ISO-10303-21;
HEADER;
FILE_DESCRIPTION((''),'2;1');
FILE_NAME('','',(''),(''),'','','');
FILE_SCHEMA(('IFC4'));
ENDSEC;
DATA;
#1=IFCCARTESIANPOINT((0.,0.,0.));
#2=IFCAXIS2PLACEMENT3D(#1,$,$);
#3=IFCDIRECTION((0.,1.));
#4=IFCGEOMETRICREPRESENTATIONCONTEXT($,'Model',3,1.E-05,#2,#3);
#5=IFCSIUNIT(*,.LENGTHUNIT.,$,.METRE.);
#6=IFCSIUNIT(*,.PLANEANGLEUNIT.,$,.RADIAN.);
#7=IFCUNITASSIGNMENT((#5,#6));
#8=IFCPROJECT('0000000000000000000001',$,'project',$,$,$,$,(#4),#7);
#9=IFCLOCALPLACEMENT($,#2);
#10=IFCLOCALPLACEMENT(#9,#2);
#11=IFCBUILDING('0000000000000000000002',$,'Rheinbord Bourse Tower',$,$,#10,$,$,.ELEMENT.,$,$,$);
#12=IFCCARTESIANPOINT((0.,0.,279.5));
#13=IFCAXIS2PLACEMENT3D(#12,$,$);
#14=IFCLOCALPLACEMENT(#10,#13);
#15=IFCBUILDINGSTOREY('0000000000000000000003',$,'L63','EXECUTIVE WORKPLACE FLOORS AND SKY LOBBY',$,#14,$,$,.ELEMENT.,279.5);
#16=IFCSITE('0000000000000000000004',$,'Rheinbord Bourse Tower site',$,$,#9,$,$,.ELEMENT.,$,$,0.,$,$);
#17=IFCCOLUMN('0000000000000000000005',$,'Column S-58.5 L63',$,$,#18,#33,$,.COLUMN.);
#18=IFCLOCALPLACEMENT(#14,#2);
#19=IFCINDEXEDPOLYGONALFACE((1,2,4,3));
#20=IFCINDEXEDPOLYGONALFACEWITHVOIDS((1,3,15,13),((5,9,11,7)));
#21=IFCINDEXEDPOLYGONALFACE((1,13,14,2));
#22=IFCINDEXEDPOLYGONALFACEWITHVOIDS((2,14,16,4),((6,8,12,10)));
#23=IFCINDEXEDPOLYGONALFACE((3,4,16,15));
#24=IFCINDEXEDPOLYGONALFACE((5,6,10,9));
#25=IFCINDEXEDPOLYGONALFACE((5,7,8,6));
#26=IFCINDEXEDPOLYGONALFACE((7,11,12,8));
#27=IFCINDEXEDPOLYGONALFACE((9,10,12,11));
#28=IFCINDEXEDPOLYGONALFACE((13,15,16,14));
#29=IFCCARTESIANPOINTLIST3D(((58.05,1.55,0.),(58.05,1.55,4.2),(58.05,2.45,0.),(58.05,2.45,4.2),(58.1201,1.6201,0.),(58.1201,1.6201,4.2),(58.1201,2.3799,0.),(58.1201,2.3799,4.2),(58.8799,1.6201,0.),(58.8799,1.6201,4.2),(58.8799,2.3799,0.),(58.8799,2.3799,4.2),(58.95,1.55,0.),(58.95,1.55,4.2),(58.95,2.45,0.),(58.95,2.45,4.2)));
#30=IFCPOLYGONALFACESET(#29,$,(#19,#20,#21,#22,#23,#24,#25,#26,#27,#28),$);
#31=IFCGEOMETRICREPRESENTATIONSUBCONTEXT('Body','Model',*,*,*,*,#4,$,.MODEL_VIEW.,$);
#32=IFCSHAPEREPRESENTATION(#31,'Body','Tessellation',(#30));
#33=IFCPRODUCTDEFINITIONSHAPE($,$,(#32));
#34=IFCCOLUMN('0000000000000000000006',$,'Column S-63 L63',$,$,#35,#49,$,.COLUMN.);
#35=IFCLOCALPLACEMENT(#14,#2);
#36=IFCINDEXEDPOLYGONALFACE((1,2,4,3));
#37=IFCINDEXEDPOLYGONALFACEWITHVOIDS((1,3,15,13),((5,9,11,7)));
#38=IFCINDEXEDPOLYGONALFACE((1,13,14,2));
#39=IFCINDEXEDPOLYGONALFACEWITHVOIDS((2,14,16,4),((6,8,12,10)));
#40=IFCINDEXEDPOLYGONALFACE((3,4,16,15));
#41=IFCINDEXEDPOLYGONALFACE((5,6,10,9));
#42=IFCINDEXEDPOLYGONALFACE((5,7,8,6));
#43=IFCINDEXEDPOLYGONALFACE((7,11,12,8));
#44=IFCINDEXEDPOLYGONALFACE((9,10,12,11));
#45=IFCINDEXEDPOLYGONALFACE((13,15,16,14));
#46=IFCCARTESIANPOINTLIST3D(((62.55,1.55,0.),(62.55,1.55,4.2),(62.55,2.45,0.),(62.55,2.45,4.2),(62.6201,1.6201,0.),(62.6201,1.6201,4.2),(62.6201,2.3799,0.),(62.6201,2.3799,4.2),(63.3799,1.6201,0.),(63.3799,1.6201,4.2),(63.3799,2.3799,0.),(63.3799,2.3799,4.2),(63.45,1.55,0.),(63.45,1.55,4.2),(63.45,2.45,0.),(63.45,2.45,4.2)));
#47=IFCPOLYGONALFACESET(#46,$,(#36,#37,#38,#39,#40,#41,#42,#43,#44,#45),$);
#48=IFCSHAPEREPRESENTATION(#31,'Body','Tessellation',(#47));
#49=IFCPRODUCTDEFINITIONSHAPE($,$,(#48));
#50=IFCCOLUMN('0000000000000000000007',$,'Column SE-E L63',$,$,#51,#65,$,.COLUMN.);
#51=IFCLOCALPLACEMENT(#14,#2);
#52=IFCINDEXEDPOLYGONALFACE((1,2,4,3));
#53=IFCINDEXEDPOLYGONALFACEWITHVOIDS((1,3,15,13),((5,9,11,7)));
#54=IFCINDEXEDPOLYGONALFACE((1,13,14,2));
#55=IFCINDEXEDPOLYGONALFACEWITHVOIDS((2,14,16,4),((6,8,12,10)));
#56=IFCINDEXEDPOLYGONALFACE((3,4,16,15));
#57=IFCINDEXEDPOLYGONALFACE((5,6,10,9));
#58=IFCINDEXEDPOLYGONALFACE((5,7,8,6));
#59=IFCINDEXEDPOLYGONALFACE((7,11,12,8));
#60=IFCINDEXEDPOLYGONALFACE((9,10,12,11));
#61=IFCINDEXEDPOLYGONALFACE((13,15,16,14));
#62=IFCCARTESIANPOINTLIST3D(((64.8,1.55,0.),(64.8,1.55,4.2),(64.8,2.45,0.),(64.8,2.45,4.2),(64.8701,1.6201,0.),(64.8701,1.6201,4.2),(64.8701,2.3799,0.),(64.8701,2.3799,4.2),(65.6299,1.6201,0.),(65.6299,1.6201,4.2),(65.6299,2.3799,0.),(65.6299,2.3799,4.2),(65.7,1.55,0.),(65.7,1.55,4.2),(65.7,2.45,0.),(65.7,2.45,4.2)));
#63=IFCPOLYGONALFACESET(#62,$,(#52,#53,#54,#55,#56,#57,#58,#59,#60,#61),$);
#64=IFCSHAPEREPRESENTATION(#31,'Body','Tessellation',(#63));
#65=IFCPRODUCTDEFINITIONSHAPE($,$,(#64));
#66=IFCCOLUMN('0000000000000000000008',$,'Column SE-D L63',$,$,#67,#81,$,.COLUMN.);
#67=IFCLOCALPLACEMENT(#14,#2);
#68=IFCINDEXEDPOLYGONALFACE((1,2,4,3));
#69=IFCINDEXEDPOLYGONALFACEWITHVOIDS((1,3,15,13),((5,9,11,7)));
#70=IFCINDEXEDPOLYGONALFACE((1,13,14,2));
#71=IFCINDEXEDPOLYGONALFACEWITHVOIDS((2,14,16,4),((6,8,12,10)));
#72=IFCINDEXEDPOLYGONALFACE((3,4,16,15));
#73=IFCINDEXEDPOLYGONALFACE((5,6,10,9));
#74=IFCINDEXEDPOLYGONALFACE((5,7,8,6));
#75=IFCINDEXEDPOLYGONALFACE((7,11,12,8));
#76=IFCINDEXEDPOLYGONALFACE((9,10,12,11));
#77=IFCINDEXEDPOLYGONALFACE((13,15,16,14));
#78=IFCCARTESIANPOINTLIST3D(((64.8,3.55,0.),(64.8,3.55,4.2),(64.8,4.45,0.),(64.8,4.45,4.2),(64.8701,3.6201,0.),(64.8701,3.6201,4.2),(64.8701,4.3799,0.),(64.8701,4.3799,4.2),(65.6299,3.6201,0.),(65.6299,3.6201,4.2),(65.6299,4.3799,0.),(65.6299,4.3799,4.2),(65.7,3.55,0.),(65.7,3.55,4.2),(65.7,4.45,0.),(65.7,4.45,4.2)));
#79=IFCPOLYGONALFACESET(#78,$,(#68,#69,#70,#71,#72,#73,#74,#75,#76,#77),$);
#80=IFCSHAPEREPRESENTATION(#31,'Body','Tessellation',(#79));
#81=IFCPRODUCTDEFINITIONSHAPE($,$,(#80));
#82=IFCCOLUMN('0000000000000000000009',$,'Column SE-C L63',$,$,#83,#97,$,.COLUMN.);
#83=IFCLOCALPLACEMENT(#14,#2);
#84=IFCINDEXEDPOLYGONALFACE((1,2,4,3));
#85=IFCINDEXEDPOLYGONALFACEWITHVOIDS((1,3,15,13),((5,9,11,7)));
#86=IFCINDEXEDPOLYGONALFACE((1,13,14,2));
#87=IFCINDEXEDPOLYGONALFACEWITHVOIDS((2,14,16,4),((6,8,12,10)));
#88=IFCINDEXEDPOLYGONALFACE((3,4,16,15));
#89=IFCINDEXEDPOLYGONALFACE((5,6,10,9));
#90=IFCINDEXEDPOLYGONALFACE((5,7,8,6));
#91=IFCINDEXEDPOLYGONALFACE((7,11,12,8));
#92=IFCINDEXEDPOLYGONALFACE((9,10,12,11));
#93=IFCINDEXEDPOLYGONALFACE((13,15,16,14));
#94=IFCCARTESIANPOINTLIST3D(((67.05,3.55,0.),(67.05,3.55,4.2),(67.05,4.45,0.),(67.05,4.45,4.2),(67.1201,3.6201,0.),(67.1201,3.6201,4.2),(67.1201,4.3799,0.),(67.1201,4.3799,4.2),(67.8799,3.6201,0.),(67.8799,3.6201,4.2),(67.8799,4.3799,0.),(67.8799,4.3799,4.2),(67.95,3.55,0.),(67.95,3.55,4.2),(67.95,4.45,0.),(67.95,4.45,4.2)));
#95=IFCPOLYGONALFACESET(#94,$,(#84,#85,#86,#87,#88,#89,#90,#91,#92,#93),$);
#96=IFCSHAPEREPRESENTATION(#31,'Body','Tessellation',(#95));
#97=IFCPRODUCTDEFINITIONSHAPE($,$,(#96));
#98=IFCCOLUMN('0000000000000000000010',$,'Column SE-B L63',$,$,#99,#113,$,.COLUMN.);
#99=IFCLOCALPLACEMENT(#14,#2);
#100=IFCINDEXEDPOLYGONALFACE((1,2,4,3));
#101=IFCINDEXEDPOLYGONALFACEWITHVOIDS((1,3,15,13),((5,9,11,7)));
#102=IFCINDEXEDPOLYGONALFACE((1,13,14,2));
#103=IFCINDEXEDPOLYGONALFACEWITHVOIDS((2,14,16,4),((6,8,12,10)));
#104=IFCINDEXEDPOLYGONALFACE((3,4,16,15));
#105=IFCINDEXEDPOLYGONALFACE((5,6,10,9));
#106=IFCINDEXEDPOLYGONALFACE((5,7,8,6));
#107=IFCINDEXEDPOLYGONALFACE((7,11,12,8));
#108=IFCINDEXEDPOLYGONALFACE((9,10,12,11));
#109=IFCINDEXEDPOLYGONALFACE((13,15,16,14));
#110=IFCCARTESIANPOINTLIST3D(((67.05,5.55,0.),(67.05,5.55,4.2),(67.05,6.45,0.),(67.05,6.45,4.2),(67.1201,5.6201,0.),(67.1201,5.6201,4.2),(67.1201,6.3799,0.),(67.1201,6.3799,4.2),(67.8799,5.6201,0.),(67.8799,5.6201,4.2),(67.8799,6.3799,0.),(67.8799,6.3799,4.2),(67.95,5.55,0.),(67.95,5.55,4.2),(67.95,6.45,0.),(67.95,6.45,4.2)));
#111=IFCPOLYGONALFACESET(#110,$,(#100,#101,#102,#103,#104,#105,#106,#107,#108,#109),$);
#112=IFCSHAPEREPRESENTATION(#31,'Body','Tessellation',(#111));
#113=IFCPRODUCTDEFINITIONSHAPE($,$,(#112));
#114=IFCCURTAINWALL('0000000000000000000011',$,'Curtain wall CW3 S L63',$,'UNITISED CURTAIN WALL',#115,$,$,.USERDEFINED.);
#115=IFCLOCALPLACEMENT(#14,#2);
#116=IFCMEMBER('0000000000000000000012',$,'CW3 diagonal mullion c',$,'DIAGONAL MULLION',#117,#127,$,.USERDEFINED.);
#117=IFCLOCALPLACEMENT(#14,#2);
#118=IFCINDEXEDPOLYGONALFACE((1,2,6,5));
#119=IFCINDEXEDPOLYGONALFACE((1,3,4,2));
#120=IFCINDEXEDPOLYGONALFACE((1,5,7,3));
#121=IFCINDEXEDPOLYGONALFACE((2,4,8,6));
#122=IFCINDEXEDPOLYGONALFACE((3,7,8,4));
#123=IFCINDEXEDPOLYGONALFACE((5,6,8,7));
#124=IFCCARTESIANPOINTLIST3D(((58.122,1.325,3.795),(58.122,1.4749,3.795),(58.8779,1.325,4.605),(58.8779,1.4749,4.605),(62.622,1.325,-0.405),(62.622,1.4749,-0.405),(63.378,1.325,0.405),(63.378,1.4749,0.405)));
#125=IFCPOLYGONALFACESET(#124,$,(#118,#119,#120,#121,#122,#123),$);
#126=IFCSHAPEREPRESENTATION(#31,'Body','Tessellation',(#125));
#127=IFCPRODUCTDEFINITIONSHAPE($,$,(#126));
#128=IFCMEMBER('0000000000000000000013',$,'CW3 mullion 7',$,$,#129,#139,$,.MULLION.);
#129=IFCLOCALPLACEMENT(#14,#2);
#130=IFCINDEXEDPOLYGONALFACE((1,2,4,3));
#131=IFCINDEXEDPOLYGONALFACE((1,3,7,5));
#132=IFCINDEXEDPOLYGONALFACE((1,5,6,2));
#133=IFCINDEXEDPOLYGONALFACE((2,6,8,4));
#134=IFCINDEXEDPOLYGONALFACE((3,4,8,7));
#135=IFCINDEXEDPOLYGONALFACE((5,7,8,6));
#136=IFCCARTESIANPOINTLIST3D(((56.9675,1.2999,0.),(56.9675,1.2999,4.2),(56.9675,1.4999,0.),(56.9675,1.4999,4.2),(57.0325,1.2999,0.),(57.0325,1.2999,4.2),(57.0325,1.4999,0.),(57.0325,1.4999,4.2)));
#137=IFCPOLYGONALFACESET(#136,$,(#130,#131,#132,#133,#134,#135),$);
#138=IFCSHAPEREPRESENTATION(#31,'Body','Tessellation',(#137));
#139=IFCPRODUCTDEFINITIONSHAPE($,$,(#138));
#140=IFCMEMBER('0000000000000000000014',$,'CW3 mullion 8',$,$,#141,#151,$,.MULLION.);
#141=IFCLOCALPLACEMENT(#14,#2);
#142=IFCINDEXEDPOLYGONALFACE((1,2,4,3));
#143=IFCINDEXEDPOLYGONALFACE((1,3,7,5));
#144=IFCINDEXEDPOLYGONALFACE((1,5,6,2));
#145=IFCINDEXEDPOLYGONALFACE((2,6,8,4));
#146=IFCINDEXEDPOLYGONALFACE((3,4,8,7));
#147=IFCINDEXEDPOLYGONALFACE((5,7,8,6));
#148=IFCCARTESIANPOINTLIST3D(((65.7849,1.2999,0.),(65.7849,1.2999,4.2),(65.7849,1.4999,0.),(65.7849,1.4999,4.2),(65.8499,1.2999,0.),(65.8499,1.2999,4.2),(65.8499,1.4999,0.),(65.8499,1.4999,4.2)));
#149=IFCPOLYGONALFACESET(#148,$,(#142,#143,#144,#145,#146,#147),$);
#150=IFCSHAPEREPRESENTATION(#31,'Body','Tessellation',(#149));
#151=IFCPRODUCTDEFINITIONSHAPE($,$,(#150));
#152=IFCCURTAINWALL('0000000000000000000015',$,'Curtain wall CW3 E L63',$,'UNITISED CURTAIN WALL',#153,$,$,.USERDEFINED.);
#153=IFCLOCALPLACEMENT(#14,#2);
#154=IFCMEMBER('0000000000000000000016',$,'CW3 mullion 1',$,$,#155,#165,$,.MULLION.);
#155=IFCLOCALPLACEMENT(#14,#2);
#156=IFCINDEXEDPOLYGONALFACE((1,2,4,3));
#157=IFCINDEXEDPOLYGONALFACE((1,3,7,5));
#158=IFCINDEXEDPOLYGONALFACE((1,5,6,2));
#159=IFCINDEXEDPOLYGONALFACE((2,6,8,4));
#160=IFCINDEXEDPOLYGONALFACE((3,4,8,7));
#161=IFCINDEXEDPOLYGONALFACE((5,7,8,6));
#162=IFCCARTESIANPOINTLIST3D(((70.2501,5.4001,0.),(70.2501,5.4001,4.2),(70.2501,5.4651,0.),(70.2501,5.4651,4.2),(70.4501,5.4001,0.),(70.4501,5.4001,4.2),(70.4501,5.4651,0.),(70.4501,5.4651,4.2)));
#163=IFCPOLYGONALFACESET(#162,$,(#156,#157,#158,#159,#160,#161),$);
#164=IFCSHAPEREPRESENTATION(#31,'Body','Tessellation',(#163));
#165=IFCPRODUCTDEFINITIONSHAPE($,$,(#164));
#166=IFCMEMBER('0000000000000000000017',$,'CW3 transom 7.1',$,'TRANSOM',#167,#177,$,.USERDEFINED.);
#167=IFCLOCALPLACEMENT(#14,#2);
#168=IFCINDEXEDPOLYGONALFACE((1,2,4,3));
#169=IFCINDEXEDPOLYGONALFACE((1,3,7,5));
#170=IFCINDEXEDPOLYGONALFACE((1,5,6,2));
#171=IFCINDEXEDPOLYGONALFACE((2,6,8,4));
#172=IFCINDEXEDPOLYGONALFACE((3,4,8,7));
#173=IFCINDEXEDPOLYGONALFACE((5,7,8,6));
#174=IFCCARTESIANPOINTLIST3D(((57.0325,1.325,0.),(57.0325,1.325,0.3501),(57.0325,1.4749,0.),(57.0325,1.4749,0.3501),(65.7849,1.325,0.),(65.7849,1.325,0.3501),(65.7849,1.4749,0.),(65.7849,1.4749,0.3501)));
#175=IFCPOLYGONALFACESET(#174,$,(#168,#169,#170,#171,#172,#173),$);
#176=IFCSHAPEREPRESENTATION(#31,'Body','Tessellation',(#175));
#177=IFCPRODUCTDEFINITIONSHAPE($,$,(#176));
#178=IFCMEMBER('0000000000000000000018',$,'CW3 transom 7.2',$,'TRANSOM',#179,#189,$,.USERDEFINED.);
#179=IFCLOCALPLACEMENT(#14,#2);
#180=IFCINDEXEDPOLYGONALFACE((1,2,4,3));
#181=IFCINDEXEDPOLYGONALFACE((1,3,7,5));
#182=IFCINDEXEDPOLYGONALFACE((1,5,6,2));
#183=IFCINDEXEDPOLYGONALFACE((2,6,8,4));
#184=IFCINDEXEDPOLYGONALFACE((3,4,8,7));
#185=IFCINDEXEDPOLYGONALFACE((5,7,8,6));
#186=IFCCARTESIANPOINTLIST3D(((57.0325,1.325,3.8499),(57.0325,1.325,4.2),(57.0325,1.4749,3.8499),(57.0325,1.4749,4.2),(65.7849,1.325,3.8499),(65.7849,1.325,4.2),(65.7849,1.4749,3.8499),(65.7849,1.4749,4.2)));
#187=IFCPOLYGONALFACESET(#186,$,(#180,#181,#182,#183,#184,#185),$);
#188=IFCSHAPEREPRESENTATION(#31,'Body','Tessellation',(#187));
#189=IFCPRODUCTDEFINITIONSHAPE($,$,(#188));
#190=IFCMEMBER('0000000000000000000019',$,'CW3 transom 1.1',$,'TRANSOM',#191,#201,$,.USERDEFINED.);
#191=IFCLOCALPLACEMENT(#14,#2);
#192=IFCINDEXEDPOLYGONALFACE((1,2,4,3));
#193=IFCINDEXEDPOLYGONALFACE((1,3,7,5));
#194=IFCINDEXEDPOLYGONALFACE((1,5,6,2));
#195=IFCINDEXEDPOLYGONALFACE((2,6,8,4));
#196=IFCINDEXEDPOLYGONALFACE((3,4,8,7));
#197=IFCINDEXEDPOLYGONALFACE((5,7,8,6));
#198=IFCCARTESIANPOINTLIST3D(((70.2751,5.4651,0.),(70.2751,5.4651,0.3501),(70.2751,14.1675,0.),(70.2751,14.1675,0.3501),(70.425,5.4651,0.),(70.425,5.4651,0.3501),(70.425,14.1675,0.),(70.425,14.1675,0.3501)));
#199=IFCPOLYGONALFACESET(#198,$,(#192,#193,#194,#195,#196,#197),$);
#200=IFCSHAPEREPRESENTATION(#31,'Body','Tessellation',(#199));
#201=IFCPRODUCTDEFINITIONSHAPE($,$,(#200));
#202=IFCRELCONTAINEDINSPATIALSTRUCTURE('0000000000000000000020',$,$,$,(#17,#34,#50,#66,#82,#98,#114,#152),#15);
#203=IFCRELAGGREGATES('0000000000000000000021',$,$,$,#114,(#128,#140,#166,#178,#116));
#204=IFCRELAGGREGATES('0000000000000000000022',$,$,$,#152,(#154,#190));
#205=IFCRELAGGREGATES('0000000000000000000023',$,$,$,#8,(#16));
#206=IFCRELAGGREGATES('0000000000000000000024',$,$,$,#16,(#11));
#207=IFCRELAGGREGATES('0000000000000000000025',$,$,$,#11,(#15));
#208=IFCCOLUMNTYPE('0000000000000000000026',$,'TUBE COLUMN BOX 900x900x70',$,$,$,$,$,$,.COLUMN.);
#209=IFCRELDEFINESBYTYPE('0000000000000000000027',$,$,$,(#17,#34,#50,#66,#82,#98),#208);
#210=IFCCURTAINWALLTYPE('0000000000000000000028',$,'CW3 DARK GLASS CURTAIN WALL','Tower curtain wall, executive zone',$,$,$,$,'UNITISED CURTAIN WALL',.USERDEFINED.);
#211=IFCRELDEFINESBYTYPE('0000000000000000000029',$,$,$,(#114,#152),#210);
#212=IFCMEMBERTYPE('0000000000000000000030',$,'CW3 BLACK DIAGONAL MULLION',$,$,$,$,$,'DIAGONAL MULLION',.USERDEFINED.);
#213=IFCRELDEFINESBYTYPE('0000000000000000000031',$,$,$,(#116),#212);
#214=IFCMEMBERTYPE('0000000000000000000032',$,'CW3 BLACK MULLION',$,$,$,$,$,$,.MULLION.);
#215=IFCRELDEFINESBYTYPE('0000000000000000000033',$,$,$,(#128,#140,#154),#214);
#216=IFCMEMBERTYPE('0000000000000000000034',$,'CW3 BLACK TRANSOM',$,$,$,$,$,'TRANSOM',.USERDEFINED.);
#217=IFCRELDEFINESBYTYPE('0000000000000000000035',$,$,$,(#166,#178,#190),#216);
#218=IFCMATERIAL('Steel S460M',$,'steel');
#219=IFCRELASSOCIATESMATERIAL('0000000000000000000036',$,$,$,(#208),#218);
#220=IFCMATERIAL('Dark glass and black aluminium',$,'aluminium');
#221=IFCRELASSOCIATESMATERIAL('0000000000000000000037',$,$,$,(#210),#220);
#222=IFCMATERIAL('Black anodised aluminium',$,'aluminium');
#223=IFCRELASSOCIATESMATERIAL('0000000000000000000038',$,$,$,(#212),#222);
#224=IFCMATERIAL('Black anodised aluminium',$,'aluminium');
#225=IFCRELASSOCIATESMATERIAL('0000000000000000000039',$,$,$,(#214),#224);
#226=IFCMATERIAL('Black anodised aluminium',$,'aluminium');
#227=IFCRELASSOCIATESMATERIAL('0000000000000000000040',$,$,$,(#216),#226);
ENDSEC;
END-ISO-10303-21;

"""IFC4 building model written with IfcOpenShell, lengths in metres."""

from ifc_helpers import new_model, si_unit, direction, frame, origin, origin_2d, place, context, subcontext, project, spatial, rectangle, hollow_rectangle, extrude, material, material_profile, profile_set, type_object, element, aggregate, save


model = new_model("IFC4")

# Units and contexts
model_context = context("Model", 3, precision=1e-05, world=origin(), true_north=direction((0.0, 1.0)))
body_context = subcontext(model_context, "Body", "Model", "MODEL_VIEW")
ifc_project = project(units=[si_unit("LENGTHUNIT", "METRE"), si_unit("PLANEANGLEUNIT", "RADIAN")], contexts=[model_context])

# Site, building, storey
site_placement = place(None, origin())
site = spatial("IfcSite", under=ifc_project, at=site_placement, Name="Rheinbord Bourse Tower site", CompositionType="ELEMENT", RefElevation=0.0)
building_placement = place(site_placement, origin())
building = spatial("IfcBuilding", under=site, at=building_placement, Name="Rheinbord Bourse Tower", CompositionType="ELEMENT")
storey_placement = place(building_placement, frame((0.0, 0.0, 279.5)))
storey = spatial("IfcBuildingStorey", under=building, at=storey_placement, Name="L63", Description="EXECUTIVE WORKPLACE FLOORS AND SKY LOBBY", CompositionType="ELEMENT", Elevation=279.5)

# Columns
ifc_material_1 = material(Name="Steel S460M", Category="steel")
ifc_material_profile_1 = material_profile(ifc_material_1, hollow_rectangle(XDim=0.8999, YDim=0.8999, WallThickness=0.0701, at=origin_2d()), Name="BOX 900x900x70")
ifc_profile_set_1 = profile_set([ifc_material_profile_1], Name="Steel S460M")
column_type = type_object("IfcColumnType", Name="TUBE COLUMN BOX 900x900x70", PredefinedType="COLUMN", material=ifc_profile_set_1)
for number, where, z_axis, x_axis, name in (
    (1, (58.5, 2.0, 0.0), (0.0, 0.0, 1.0), (0.0, 1.0, 0.0), "Column S-58.5 L63"),
    (2, (63.0, 2.0, 0.0), (0.0, 0.0, 1.0), (0.0, 1.0, 0.0), "Column S-63 L63"),
    (3, (65.25, 2.0, 0.0), (0.0, 0.0, 1.0), (0.0, 1.0, 0.0), "Column SE-E L63"),
    (4, (65.25, 4.0, 0.0), (0.0, 0.0, 1.0), (0.0, 1.0, 0.0), "Column SE-D L63"),
    (5, (67.5, 4.0, 0.0), (0.0, 0.0, 1.0), (1.0, 0.0, 0.0), "Column SE-C L63"),
    (6, (67.5, 6.0, 0.0), (0.0, 0.0, 1.0), (1.0, 0.0, 0.0), "Column SE-B L63"),
):
    element("IfcColumn", number, at=place(storey_placement, frame(where, z_axis=z_axis, x_axis=x_axis)), inside=storey, type_object=column_type, Name=name, PredefinedType="COLUMN", context=body_context, shape_type="SweptSolid", body=[
        extrude(hollow_rectangle(XDim=0.8999, YDim=0.8999, WallThickness=0.0701, at=origin_2d()), origin(), (0.0, 0.0, 1.0), 4.2),
    ])

# Curtain wall, members
ifc_material_2 = material(Name="Dark glass and black aluminium", Category="aluminium")
curtain_wall_type = type_object("IfcCurtainWallType", Name="CW3 DARK GLASS CURTAIN WALL", Description="Tower curtain wall, executive zone", ElementType="UNITISED CURTAIN WALL", PredefinedType="USERDEFINED", material=ifc_material_2)
curtain_wall_1_placement = place(storey_placement, origin())
curtain_wall_1 = element("IfcCurtainWall", 7, at=curtain_wall_1_placement, inside=storey, type_object=curtain_wall_type, Name="Curtain wall CW3 S L63", ObjectType="UNITISED CURTAIN WALL", PredefinedType="USERDEFINED")
ifc_material_3 = material(Name="Black anodised aluminium", Category="aluminium")
ifc_material_profile_2 = material_profile(ifc_material_3, rectangle(XDim=0.1499, YDim=1.1079, at=origin_2d()), Name="CW3 DIAGONAL MULLION 1108x150")
ifc_profile_set_2 = profile_set([ifc_material_profile_2], Name="Black anodised aluminium")
member_type_1 = type_object("IfcMemberType", Name="CW3 BLACK DIAGONAL MULLION", ElementType="DIAGONAL MULLION", PredefinedType="USERDEFINED", material=ifc_profile_set_2)
member_1_placement = place(storey_placement, frame((63.0, 1.3999, 0.0), z_axis=(-0.731059, 0.0, 0.682314), x_axis=(0.0, -1.0, 0.0)))
member_1 = element("IfcMember", 8, at=member_1_placement, type_object=member_type_1, Name="CW3 diagonal mullion c", ObjectType="DIAGONAL MULLION", PredefinedType="USERDEFINED", context=body_context, shape_type="SweptSolid", body=[
    extrude(rectangle(XDim=0.1499, YDim=1.1079, at=origin_2d()), origin(), (0.0, 0.0, 1.0), 6.1555),
])
ifc_material_4 = material(Name="Black anodised aluminium", Category="aluminium")
ifc_material_profile_3 = material_profile(ifc_material_4, rectangle(XDim=0.2, YDim=0.0649, at=origin_2d()), Name="CW3 MULLION 65x200")
ifc_profile_set_3 = profile_set([ifc_material_profile_3], Name="Black anodised aluminium")
member_type_2 = type_object("IfcMemberType", Name="CW3 BLACK MULLION", PredefinedType="MULLION", material=ifc_profile_set_3)
member_2_placement = place(storey_placement, frame((57.0, 1.3999, 0.0), z_axis=(0.0, 0.0, 1.0), x_axis=(0.0, 1.0, 0.0)))
member_2 = element("IfcMember", 9, at=member_2_placement, type_object=member_type_2, Name="CW3 mullion 7", PredefinedType="MULLION", context=body_context, shape_type="SweptSolid", body=[
    extrude(rectangle(XDim=0.2, YDim=0.0649, at=origin_2d()), origin(), (0.0, 0.0, 1.0), 4.2),
])
member_3_placement = place(storey_placement, frame((65.8174, 1.3999, 0.0), z_axis=(0.0, 0.0, 1.0), x_axis=(0.0, 1.0, 0.0)))
member_3 = element("IfcMember", 10, at=member_3_placement, type_object=member_type_2, Name="CW3 mullion 8", PredefinedType="MULLION", context=body_context, shape_type="SweptSolid", body=[
    extrude(rectangle(XDim=0.2, YDim=0.0649, at=origin_2d()), origin(), (0.0, 0.0, 1.0), 4.2),
])

# Curtain wall, member
curtain_wall_2_placement = place(storey_placement, origin())
curtain_wall_2 = element("IfcCurtainWall", 11, at=curtain_wall_2_placement, inside=storey, type_object=curtain_wall_type, Name="Curtain wall CW3 E L63", ObjectType="UNITISED CURTAIN WALL", PredefinedType="USERDEFINED")
member_4_placement = place(storey_placement, frame((70.3501, 5.4326, 0.0), z_axis=(0.0, 0.0, 1.0), x_axis=(-1.0, 0.0, 0.0)))
member_4 = element("IfcMember", 12, at=member_4_placement, type_object=member_type_2, Name="CW3 mullion 1", PredefinedType="MULLION", context=body_context, shape_type="SweptSolid", body=[
    extrude(rectangle(XDim=0.2, YDim=0.0649, at=origin_2d()), origin(), (0.0, 0.0, 1.0), 4.2),
])

# Members
ifc_material_5 = material(Name="Black anodised aluminium", Category="aluminium")
ifc_material_profile_4 = material_profile(ifc_material_5, rectangle(XDim=0.1499, YDim=0.3501, at=origin_2d()), Name="CW3 TRANSOM 350x150")
ifc_profile_set_4 = profile_set([ifc_material_profile_4], Name="Black anodised aluminium")
member_type_3 = type_object("IfcMemberType", Name="CW3 BLACK TRANSOM", ElementType="TRANSOM", PredefinedType="USERDEFINED", material=ifc_profile_set_4)
member_5_placement = place(storey_placement, frame((57.0325, 1.3999, 0.175), z_axis=(1.0, 0.0, 0.0), x_axis=(0.0, 1.0, 0.0)))
member_5 = element("IfcMember", 13, at=member_5_placement, type_object=member_type_3, Name="CW3 transom 7.1", ObjectType="TRANSOM", PredefinedType="USERDEFINED", context=body_context, shape_type="SweptSolid", body=[
    extrude(rectangle(XDim=0.1499, YDim=0.3501, at=origin_2d()), origin(), (0.0, 0.0, 1.0), 8.7524),
])
member_6_placement = place(storey_placement, frame((57.0325, 1.3999, 4.0249), z_axis=(1.0, 0.0, 0.0), x_axis=(0.0, 1.0, 0.0)))
member_6 = element("IfcMember", 14, at=member_6_placement, type_object=member_type_3, Name="CW3 transom 7.2", ObjectType="TRANSOM", PredefinedType="USERDEFINED", context=body_context, shape_type="SweptSolid", body=[
    extrude(rectangle(XDim=0.1499, YDim=0.3501, at=origin_2d()), origin(), (0.0, 0.0, 1.0), 8.7524),
])
member_7_placement = place(storey_placement, frame((70.3501, 5.4651, 0.175), z_axis=(0.0, 1.0, 0.0), x_axis=(-1.0, 0.0, 0.0)))
member_7 = element("IfcMember", 15, at=member_7_placement, type_object=member_type_3, Name="CW3 transom 1.1", ObjectType="TRANSOM", PredefinedType="USERDEFINED", context=body_context, shape_type="SweptSolid", body=[
    extrude(rectangle(XDim=0.1499, YDim=0.3501, at=origin_2d()), origin(), (0.0, 0.0, 1.0), 8.7024),
])

aggregate(curtain_wall_1, [member_2, member_3, member_5, member_6, member_1])
aggregate(curtain_wall_2, [member_4, member_7])

save(model, "model.ifc")
